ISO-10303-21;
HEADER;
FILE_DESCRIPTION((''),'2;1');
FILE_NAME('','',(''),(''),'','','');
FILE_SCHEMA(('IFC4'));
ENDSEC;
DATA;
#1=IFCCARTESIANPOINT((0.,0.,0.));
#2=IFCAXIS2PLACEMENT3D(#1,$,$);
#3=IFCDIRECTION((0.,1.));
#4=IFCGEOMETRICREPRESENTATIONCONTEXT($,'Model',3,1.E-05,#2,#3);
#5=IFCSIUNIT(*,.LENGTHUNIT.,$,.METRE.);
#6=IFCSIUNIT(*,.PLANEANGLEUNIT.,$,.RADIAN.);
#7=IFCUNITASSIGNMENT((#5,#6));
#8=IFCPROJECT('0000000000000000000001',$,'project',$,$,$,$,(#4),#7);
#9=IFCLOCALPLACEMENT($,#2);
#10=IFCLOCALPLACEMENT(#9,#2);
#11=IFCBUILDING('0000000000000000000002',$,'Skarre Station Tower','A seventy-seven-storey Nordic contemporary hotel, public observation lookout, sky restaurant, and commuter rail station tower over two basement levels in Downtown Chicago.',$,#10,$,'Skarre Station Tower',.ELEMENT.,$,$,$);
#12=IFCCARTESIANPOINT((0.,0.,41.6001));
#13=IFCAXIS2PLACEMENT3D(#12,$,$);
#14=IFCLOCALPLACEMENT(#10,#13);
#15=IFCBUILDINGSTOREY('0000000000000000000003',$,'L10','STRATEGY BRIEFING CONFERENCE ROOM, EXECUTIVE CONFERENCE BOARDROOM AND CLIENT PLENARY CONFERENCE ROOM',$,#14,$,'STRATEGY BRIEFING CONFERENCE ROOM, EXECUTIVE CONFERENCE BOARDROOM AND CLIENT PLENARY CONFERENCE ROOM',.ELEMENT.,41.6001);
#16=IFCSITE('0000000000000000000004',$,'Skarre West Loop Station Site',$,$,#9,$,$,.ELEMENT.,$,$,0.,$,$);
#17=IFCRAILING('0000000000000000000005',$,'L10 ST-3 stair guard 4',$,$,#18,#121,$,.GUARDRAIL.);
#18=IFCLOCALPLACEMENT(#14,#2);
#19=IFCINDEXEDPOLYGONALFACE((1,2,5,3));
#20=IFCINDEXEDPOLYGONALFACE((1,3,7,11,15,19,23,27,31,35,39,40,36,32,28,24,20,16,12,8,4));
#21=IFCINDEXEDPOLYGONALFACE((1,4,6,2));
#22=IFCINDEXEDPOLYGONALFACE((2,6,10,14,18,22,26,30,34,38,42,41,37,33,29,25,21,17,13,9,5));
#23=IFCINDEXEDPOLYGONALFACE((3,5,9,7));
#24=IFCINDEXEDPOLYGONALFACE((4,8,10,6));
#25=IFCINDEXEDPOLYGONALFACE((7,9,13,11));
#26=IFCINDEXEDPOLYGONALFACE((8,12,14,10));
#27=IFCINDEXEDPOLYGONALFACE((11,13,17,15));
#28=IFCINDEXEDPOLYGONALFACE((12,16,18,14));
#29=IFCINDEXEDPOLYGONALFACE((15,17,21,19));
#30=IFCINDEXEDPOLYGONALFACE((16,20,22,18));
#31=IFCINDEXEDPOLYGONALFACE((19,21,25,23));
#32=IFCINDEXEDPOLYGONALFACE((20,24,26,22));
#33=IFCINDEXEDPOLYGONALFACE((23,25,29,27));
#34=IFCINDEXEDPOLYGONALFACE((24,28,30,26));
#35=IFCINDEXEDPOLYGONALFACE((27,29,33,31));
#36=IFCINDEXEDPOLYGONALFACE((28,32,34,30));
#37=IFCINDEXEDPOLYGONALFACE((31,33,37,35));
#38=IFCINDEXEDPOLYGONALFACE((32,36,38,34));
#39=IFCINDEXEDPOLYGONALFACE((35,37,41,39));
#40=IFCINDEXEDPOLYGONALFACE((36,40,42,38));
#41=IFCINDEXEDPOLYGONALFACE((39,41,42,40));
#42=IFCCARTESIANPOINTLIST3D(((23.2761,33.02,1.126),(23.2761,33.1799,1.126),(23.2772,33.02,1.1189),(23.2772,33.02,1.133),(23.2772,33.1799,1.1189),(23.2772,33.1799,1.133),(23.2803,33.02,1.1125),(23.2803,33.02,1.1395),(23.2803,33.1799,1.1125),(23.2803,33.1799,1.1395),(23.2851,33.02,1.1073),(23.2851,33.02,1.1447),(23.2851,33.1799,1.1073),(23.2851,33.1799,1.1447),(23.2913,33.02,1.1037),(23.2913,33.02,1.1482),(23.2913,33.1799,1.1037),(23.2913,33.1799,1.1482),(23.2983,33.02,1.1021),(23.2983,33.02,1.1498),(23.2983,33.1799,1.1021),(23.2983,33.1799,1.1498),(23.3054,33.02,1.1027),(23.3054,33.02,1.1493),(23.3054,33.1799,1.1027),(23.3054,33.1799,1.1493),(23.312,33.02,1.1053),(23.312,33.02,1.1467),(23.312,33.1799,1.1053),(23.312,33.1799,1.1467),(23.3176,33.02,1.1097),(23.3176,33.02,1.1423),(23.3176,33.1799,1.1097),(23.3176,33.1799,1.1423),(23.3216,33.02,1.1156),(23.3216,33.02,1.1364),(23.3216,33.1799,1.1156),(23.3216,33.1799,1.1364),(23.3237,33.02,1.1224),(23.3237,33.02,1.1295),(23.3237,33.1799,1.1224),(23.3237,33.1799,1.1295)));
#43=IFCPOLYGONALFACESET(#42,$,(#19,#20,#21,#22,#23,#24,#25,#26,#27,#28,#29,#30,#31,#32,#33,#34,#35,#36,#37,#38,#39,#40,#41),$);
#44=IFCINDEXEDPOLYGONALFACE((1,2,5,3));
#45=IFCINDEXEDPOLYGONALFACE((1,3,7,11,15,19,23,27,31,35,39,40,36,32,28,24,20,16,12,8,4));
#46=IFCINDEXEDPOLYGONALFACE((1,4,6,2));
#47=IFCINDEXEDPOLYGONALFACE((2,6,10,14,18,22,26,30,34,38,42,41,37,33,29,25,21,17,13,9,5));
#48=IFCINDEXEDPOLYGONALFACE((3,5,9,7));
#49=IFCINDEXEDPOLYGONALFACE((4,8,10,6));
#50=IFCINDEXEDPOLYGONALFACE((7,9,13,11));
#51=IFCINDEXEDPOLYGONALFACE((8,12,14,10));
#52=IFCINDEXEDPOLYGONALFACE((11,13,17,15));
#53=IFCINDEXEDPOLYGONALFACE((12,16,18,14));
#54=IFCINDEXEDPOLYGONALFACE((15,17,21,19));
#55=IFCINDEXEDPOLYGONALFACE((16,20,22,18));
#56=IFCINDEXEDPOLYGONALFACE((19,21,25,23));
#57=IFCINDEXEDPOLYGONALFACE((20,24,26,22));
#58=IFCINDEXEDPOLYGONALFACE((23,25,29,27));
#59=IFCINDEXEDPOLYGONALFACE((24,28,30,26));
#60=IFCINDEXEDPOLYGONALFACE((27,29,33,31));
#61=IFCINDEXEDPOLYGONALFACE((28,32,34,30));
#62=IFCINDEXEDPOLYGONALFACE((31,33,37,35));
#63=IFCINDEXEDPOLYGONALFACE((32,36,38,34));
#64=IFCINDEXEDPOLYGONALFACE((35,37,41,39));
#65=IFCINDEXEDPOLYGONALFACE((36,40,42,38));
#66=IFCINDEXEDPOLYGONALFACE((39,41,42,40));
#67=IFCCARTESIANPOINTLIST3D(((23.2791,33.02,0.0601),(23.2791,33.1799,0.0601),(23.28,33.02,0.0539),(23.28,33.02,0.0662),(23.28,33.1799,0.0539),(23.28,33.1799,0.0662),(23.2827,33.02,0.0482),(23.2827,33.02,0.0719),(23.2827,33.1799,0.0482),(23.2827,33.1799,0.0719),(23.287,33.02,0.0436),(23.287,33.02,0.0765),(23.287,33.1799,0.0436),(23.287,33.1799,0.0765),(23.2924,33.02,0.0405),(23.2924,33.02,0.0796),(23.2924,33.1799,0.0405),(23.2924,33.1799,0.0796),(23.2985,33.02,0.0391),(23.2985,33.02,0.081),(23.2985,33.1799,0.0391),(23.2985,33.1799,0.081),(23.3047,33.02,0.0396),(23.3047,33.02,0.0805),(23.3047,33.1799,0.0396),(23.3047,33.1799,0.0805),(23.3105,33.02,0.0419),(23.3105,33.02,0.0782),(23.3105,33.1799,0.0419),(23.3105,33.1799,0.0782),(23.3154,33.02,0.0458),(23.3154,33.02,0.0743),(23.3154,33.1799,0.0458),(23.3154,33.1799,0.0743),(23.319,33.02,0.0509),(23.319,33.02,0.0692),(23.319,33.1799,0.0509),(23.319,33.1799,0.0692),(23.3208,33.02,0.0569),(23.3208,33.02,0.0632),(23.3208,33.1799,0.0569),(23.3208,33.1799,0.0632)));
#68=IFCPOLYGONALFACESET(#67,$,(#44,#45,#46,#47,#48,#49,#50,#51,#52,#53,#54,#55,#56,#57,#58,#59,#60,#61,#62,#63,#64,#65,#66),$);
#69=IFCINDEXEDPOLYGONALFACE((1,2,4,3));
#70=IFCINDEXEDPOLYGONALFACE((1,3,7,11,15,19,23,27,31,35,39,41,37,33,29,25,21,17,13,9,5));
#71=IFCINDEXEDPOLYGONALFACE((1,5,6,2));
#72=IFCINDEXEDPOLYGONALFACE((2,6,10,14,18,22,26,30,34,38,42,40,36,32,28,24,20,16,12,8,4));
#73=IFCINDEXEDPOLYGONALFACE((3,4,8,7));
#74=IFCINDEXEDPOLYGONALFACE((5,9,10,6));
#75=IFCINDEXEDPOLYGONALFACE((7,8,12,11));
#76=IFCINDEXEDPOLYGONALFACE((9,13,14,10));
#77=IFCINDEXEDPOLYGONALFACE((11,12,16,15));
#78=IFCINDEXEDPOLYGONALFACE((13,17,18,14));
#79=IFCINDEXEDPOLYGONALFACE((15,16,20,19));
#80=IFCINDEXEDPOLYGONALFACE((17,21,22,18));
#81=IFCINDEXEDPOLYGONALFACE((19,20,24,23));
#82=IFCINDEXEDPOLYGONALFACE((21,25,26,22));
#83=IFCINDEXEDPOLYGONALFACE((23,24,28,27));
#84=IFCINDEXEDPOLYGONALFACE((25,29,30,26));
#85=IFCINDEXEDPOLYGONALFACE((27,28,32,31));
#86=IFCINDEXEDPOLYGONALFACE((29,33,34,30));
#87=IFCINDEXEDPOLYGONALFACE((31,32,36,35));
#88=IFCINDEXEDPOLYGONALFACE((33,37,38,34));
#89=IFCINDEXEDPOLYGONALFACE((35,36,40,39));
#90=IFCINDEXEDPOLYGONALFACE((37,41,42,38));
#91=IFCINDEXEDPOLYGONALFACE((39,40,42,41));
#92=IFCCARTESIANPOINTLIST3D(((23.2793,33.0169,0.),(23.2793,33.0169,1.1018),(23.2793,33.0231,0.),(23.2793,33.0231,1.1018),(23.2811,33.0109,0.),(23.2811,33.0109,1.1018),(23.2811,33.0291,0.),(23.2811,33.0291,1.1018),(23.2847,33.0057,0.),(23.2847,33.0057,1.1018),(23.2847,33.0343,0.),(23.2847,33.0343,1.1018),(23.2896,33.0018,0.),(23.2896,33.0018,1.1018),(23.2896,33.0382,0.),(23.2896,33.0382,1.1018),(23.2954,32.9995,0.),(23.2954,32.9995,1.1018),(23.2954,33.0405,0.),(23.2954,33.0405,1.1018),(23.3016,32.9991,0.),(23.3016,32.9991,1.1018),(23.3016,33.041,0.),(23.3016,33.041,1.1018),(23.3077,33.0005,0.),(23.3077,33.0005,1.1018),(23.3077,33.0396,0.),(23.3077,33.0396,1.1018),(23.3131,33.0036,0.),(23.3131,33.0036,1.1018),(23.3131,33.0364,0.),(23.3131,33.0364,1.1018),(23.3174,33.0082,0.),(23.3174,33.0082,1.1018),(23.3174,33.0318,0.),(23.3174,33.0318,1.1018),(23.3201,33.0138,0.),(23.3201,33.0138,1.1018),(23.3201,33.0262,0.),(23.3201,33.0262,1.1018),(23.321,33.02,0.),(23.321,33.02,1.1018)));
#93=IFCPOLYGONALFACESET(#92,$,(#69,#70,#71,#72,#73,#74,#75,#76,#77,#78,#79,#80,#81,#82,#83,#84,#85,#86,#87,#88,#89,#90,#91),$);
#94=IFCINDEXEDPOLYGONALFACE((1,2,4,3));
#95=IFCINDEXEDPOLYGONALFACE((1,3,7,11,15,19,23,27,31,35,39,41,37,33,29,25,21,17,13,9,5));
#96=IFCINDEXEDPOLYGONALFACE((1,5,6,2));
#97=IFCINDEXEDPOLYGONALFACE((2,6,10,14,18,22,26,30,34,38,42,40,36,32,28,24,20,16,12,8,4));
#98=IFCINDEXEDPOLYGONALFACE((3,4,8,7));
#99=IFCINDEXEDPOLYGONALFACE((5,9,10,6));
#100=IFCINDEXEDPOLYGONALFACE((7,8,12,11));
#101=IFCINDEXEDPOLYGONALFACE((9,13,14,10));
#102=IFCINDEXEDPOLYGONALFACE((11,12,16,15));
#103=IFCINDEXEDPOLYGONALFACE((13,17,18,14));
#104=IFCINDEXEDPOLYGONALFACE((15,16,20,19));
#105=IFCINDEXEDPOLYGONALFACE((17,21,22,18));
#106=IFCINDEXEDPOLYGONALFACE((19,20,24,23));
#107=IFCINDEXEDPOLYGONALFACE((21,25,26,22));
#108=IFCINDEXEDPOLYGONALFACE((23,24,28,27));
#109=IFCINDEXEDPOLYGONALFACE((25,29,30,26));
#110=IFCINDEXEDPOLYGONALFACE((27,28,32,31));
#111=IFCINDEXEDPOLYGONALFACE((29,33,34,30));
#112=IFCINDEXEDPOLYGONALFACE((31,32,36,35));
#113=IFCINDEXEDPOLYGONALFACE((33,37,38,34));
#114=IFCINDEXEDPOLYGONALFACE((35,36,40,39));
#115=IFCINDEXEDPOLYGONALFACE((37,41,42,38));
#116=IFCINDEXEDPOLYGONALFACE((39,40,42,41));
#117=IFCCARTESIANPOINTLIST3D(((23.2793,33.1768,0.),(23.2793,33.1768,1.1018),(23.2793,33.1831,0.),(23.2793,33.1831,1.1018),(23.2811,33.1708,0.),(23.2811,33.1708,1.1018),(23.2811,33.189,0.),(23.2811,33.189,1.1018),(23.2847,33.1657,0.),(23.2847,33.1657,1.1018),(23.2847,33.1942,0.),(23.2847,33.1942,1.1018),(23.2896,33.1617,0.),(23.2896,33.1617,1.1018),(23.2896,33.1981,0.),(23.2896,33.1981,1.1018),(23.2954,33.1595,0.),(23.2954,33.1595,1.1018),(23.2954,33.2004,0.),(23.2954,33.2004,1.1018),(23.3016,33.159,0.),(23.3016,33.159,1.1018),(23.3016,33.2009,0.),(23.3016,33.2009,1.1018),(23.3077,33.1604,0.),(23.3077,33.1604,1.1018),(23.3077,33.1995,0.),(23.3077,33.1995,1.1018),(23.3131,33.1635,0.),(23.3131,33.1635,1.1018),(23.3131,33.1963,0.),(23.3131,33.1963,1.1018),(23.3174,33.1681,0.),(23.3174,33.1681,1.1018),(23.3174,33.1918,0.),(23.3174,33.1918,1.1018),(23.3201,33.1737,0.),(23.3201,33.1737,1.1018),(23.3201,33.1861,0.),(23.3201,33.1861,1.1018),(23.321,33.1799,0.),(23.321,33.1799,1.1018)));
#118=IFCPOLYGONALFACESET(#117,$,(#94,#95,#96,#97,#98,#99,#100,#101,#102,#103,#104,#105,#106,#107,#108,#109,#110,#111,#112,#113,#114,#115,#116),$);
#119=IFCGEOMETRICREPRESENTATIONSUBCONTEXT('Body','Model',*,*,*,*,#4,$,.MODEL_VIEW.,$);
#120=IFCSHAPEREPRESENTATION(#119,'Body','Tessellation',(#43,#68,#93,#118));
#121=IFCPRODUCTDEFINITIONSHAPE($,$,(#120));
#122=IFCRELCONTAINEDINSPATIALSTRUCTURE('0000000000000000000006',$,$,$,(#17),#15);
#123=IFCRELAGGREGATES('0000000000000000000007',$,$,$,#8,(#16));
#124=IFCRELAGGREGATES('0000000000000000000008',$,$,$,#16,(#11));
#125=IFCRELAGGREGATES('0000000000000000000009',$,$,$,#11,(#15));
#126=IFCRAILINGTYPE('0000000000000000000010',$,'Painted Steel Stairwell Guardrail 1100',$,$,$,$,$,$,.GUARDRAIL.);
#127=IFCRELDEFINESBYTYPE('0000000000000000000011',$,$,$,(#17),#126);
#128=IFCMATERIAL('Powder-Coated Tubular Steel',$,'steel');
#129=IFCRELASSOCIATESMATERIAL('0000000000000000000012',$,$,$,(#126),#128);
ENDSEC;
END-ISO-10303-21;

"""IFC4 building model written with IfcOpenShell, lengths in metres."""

from ifc_helpers import new_model, si_unit, direction, frame, origin, origin_2d, place, context, subcontext, project, spatial, circle, extrude, material, type_object, element, save


model = new_model("IFC4")

# Units and contexts
model_context = context("Model", 3, precision=1e-05, world=origin(), true_north=direction((0.0, 1.0)))
body_context = subcontext(model_context, "Body", "Model", "MODEL_VIEW")
ifc_project = project(units=[si_unit("LENGTHUNIT", "METRE"), si_unit("PLANEANGLEUNIT", "RADIAN")], contexts=[model_context])

# Site, building, storey
site_placement = place(None, origin())
site = spatial("IfcSite", under=ifc_project, at=site_placement, Name="Skarre West Loop Station Site", CompositionType="ELEMENT", RefElevation=0.0)
building_placement = place(site_placement, origin())
building = spatial("IfcBuilding", under=site, at=building_placement, Name="Skarre Station Tower", Description="A seventy-seven-storey Nordic contemporary hotel, public observation lookout, sky restaurant, and commuter rail station tower over two basement levels in Downtown Chicago.", LongName="Skarre Station Tower", CompositionType="ELEMENT")
storey_placement = place(building_placement, frame((0.0, 0.0, 41.6001)))
storey = spatial("IfcBuildingStorey", under=building, at=storey_placement, Name="L10", Description="STRATEGY BRIEFING CONFERENCE ROOM, EXECUTIVE CONFERENCE BOARDROOM AND CLIENT PLENARY CONFERENCE ROOM", LongName="STRATEGY BRIEFING CONFERENCE ROOM, EXECUTIVE CONFERENCE BOARDROOM AND CLIENT PLENARY CONFERENCE ROOM", CompositionType="ELEMENT", Elevation=41.6001)

# Railing
ifc_material_1 = material(Name="Powder-Coated Tubular Steel", Category="steel")
railing_type_1 = type_object("IfcRailingType", Name="Painted Steel Stairwell Guardrail 1100", PredefinedType="GUARDRAIL", material=ifc_material_1)
railing_1_placement = place(storey_placement, frame((23.3, 33.02, 0.0)))
element("IfcRailing", 1, at=railing_1_placement, inside=storey, type_object=railing_type_1, Name="L10 ST-3 stair guard 4", PredefinedType="GUARDRAIL", context=body_context, shape_type="SweptSolid", body=[
    extrude(circle(Radius=0.0239, at=origin_2d()), frame((0.0, 0.0, 1.126), z_axis=(0.0, 1.0, 0.0), x_axis=(-1.0, 0.0, 0.0)), (0.0, 0.0, 1.0), 0.1599),
    extrude(circle(Radius=0.021, at=origin_2d()), frame((0.0, 0.0, 0.0601), z_axis=(0.0, 1.0, 0.0), x_axis=(-1.0, 0.0, 0.0)), (0.0, 0.0, 1.0), 0.1599),
    extrude(circle(Radius=0.021, at=origin_2d()), origin(), (0.0, 0.0, 1.0), 1.1018),
    extrude(circle(Radius=0.021, at=origin_2d()), frame((0.0, 0.1599, 0.0)), (0.0, 0.0, 1.0), 1.1018),
])

save(model, "model.ifc")
